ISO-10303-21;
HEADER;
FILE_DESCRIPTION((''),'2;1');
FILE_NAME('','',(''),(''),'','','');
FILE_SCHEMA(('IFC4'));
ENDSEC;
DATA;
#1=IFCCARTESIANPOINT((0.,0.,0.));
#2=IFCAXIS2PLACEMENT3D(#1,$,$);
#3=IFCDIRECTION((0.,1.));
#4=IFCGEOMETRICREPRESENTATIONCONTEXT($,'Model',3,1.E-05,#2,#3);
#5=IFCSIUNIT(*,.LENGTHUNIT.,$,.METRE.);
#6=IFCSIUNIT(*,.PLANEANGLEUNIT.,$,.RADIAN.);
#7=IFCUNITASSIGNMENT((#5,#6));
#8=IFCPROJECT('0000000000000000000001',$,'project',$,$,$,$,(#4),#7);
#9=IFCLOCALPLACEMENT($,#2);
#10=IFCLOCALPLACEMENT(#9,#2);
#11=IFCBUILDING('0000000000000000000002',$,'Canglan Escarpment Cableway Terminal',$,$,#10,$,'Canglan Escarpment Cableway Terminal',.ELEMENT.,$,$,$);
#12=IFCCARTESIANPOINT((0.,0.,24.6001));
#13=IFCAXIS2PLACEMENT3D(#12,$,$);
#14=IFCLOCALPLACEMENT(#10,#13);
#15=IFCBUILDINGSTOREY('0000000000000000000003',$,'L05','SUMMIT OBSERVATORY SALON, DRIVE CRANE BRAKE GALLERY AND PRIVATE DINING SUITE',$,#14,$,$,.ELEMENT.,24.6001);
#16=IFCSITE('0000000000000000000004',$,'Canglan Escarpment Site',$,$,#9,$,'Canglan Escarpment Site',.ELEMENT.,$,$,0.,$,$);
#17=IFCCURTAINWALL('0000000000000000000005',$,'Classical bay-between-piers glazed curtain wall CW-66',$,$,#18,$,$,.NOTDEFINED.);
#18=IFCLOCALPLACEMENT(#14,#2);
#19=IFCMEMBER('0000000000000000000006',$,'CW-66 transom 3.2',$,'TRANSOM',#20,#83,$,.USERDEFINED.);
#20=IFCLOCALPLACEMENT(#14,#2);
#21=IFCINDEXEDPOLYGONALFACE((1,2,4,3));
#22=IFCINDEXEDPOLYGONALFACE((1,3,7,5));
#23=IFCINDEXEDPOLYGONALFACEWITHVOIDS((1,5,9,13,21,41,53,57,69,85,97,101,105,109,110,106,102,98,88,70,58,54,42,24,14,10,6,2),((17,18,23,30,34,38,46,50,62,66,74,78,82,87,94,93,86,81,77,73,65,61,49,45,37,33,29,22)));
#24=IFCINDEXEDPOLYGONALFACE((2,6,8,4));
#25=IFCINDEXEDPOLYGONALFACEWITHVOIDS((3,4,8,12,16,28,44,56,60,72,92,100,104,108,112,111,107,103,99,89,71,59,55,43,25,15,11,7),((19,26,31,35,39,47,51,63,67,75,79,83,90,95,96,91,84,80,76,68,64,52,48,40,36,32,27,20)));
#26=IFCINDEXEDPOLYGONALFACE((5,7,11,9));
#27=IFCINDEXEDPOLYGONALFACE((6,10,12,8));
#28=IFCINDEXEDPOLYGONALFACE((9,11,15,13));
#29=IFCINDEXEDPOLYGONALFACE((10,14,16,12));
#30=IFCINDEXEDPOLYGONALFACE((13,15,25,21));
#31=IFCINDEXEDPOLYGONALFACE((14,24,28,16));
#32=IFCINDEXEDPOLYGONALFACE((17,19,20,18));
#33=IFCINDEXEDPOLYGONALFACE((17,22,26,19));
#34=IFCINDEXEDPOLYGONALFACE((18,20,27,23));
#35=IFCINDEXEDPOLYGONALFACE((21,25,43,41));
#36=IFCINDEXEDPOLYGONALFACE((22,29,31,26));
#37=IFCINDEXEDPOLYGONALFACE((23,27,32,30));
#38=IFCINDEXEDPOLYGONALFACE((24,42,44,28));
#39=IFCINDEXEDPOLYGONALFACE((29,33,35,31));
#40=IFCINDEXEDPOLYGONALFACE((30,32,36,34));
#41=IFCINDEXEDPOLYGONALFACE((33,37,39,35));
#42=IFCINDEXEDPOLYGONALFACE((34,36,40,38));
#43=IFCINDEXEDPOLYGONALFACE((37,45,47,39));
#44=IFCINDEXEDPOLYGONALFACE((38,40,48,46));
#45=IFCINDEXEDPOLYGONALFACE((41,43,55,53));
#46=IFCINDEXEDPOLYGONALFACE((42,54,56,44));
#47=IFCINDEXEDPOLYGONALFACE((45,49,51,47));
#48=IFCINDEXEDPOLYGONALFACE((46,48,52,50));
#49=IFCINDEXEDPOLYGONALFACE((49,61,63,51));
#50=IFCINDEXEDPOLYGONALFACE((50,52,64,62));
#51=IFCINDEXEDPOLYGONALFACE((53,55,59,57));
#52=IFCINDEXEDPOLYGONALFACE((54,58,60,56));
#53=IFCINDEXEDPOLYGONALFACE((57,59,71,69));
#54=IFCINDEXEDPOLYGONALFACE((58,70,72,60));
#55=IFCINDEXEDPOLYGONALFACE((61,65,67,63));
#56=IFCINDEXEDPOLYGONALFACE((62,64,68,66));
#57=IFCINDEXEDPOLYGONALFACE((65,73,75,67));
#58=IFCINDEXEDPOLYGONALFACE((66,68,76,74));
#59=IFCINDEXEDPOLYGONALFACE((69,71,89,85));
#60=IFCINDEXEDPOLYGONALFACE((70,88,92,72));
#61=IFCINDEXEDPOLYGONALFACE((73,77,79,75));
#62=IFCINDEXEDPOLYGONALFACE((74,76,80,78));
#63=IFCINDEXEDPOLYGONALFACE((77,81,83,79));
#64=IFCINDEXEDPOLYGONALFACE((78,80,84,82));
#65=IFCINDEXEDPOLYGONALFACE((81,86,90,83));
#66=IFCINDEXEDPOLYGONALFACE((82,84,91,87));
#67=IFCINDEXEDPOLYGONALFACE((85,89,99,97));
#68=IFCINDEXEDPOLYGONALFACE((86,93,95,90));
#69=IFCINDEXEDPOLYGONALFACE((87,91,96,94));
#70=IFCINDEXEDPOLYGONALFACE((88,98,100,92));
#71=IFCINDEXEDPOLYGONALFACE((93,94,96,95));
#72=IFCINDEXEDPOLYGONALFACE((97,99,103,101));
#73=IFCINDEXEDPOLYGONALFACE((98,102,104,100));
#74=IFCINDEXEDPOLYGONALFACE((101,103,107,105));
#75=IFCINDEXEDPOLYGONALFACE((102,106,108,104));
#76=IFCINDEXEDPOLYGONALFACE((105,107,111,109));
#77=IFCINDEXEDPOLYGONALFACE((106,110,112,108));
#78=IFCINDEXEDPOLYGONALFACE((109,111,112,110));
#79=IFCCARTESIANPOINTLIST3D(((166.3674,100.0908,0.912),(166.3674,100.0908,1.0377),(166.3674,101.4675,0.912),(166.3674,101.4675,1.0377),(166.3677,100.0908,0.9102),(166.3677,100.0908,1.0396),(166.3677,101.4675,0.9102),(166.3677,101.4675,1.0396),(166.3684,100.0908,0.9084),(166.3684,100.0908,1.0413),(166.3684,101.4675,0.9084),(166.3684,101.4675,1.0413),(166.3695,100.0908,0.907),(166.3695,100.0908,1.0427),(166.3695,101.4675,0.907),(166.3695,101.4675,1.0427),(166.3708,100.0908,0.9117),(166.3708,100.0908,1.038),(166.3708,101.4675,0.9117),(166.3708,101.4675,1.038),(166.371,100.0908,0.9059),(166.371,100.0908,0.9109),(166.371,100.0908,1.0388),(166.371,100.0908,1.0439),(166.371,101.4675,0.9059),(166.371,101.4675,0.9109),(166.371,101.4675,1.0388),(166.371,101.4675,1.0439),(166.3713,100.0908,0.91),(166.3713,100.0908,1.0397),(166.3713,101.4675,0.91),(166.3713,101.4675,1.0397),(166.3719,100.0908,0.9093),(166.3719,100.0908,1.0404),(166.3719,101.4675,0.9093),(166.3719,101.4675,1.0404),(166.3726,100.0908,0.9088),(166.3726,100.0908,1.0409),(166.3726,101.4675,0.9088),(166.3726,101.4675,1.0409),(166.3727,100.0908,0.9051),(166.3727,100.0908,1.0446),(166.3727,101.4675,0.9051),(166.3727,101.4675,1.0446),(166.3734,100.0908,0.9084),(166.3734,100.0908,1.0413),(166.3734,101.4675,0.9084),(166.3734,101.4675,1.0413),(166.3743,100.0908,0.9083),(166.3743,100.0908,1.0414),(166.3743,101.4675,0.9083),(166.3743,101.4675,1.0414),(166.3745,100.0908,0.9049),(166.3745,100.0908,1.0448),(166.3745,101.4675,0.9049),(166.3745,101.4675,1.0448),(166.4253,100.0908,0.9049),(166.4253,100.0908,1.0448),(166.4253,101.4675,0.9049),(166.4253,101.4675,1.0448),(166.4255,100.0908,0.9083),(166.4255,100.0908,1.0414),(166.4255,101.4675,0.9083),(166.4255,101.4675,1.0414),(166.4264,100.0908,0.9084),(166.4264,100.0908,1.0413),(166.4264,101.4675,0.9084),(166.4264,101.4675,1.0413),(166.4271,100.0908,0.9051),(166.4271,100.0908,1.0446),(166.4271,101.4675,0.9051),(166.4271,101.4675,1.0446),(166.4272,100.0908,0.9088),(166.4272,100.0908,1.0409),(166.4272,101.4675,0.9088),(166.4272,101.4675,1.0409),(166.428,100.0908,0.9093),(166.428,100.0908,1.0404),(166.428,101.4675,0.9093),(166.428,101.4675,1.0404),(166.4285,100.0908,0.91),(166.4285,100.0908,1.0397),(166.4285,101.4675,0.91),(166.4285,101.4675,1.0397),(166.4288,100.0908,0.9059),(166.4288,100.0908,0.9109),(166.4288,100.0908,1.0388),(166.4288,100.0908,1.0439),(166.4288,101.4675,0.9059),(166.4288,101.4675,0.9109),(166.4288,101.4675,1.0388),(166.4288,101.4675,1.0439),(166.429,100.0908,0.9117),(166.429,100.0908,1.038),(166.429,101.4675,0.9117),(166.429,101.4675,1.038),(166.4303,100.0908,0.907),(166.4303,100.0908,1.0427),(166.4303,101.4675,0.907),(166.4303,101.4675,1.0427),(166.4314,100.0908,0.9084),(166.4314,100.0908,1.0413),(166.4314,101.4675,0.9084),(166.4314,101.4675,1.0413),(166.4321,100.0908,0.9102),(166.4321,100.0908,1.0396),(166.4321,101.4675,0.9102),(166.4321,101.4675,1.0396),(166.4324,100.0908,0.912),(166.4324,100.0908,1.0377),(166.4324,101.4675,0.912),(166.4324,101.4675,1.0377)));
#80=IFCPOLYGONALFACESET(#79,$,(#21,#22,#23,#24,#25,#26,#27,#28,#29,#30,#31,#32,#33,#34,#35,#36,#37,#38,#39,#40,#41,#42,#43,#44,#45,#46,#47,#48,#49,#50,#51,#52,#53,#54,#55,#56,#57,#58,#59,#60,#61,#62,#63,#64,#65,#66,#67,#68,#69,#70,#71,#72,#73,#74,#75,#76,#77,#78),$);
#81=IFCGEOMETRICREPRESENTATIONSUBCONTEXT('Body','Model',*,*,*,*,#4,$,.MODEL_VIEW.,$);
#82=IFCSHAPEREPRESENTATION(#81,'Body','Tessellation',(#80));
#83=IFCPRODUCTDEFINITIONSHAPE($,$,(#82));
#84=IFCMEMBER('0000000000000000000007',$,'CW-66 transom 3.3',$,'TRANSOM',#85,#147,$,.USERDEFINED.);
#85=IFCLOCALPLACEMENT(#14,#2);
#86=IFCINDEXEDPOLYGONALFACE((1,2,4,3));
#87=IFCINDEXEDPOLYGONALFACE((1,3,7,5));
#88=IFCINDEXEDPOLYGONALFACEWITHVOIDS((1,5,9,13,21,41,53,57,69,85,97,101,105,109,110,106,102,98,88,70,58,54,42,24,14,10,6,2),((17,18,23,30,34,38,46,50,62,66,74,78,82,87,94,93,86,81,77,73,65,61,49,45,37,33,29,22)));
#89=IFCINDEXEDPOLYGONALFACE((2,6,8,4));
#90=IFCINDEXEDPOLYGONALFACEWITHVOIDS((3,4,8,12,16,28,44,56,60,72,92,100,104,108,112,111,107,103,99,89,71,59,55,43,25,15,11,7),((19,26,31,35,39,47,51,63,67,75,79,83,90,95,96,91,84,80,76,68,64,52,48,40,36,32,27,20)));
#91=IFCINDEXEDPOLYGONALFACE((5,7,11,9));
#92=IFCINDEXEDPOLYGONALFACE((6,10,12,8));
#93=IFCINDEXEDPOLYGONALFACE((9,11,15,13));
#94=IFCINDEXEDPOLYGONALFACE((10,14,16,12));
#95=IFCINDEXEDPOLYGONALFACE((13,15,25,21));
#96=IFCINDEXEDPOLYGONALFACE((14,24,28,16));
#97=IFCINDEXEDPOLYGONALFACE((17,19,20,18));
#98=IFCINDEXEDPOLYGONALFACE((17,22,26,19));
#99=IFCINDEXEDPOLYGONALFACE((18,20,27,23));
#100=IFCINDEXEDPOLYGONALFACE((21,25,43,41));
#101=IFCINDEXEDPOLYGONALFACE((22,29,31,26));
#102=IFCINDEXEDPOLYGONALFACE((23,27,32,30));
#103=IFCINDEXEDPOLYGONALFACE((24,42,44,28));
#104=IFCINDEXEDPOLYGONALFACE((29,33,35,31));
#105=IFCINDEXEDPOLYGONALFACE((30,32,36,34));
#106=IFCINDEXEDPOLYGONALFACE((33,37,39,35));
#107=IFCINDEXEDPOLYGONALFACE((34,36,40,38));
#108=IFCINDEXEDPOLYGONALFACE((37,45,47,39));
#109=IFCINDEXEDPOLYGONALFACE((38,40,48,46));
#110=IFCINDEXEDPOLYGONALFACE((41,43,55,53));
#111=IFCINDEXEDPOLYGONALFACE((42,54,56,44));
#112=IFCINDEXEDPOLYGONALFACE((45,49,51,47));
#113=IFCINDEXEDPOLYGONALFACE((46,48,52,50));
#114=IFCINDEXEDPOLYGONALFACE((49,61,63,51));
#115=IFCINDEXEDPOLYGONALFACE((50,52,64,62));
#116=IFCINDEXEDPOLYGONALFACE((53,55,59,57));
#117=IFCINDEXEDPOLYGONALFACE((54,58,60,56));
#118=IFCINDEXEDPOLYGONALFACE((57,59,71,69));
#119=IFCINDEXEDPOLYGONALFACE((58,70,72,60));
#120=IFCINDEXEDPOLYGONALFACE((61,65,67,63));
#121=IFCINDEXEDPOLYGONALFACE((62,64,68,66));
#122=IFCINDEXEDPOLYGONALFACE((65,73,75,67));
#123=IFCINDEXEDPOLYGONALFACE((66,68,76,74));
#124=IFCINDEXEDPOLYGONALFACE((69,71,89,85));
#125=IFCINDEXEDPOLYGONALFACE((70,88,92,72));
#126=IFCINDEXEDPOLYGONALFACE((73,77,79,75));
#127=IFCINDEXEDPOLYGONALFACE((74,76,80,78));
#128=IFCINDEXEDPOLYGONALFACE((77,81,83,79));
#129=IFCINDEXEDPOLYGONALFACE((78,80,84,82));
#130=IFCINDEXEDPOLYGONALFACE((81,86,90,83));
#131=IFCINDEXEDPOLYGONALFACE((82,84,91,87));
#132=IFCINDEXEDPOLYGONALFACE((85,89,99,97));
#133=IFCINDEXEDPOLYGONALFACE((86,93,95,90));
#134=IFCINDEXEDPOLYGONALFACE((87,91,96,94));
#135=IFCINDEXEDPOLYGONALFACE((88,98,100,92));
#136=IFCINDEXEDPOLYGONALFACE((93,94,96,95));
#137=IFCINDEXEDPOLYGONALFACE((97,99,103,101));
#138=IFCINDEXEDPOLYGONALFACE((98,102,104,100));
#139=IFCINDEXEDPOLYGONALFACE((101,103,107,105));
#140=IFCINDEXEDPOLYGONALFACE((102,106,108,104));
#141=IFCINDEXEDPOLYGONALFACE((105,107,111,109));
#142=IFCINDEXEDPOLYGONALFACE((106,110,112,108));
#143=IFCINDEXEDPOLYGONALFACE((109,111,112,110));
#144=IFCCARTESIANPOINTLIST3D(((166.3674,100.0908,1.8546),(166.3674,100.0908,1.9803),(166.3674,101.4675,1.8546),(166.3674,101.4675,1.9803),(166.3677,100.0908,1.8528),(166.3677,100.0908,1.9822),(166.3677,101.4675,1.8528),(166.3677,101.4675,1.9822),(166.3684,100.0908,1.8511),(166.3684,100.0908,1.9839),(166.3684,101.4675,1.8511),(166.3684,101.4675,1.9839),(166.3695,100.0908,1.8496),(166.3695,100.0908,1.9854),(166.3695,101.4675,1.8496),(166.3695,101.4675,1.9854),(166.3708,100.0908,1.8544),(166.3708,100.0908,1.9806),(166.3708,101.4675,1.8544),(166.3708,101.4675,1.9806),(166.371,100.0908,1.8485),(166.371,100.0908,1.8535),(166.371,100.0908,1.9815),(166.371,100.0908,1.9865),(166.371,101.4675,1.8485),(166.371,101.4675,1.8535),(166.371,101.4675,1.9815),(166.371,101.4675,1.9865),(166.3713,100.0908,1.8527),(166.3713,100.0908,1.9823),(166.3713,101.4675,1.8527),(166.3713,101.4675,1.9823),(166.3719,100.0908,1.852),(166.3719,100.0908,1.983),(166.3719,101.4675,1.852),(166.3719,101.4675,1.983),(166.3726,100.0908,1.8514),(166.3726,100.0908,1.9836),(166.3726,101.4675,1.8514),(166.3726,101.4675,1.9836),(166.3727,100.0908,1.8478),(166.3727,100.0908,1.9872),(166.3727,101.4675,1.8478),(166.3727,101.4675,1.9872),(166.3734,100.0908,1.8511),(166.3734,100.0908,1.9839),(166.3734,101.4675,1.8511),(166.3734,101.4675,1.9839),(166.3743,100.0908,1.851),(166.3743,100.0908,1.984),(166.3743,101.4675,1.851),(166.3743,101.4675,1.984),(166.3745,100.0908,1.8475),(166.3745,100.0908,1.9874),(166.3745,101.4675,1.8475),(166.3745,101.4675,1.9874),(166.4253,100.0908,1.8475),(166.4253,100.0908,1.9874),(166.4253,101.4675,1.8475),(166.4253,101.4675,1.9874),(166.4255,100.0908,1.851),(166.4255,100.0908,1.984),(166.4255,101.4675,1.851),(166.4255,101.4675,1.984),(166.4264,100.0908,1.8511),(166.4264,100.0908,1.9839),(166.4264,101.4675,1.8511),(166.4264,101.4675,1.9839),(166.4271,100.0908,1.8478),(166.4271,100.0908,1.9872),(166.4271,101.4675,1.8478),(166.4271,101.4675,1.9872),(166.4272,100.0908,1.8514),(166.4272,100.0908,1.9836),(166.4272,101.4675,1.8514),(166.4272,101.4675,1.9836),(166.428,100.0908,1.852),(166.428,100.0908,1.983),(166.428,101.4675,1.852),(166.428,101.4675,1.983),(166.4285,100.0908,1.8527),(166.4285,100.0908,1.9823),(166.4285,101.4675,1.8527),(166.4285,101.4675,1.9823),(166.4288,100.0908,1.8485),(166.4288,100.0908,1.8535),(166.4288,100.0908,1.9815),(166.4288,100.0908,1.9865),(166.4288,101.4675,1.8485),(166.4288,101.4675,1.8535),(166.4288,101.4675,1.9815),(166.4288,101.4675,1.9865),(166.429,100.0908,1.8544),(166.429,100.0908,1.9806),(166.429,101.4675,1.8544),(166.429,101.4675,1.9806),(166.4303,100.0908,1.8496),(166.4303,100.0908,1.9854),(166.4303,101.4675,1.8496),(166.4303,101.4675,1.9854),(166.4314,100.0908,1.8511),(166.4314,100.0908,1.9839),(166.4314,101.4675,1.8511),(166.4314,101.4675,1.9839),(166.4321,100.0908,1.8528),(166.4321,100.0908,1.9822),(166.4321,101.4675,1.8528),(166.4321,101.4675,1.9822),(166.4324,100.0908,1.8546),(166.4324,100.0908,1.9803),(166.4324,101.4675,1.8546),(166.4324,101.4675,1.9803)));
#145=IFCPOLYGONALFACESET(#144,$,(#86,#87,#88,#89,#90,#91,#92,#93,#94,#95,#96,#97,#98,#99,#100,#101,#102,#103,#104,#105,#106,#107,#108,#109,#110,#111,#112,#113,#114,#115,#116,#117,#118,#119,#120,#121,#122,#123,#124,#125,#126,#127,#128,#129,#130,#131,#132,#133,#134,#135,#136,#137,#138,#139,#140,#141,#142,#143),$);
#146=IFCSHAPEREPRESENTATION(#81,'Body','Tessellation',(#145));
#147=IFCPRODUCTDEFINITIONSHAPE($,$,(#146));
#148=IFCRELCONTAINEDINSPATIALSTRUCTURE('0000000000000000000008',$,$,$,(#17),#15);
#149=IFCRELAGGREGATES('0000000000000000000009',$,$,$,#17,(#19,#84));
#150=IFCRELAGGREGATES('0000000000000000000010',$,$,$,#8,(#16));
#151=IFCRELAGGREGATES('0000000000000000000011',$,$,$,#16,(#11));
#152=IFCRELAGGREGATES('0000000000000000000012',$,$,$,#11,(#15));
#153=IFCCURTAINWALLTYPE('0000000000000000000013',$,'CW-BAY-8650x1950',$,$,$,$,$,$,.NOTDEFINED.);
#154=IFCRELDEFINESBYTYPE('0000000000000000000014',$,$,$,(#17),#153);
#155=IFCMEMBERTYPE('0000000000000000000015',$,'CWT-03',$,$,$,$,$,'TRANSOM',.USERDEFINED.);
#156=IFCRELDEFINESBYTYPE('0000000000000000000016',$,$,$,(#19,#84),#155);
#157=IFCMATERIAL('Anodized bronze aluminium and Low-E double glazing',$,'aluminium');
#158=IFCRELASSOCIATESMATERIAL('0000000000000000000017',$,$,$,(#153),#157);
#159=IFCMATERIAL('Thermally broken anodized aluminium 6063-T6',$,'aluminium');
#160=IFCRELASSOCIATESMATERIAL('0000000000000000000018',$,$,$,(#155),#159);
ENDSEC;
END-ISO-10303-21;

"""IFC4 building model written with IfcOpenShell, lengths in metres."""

from ifc_helpers import new_model, si_unit, direction, frame, origin, origin_2d, place, context, subcontext, project, spatial, hollow_rectangle, extrude, material, material_profile, profile_set, type_object, element, aggregate, save


model = new_model("IFC4")

# Units and contexts
model_context = context("Model", 3, precision=1e-05, world=origin(), true_north=direction((0.0, 1.0)))
body_context = subcontext(model_context, "Body", "Model", "MODEL_VIEW")
ifc_project = project(units=[si_unit("LENGTHUNIT", "METRE"), si_unit("PLANEANGLEUNIT", "RADIAN")], contexts=[model_context])

# Site, building, storey
site_placement = place(None, origin())
site = spatial("IfcSite", under=ifc_project, at=site_placement, Name="Canglan Escarpment Site", LongName="Canglan Escarpment Site", CompositionType="ELEMENT", RefElevation=0.0)
building_placement = place(site_placement, origin())
building = spatial("IfcBuilding", under=site, at=building_placement, Name="Canglan Escarpment Cableway Terminal", LongName="Canglan Escarpment Cableway Terminal", CompositionType="ELEMENT")
storey_placement = place(building_placement, frame((0.0, 0.0, 24.6001)))
storey = spatial("IfcBuildingStorey", under=building, at=storey_placement, Name="L05", Description="SUMMIT OBSERVATORY SALON, DRIVE CRANE BRAKE GALLERY AND PRIVATE DINING SUITE", CompositionType="ELEMENT", Elevation=24.6001)

# Shared definitions
ifc_material_1 = material(Name="Anodized bronze aluminium and Low-E double glazing", Category="aluminium")
curtain_wall_type = type_object("IfcCurtainWallType", Name="CW-BAY-8650x1950", PredefinedType="NOTDEFINED", material=ifc_material_1)
ifc_material_2 = material(Name="Thermally broken anodized aluminium 6063-T6", Category="aluminium")

# Curtain wall, members
curtain_wall_1_placement = place(storey_placement, origin())
curtain_wall_1 = element("IfcCurtainWall", 1, at=curtain_wall_1_placement, inside=storey, type_object=curtain_wall_type, Name="Classical bay-between-piers glazed curtain wall CW-66", PredefinedType="NOTDEFINED")
ifc_material_profile_1 = material_profile(ifc_material_2, hollow_rectangle(XDim=0.0649, YDim=0.1399, WallThickness=0.0034, InnerFilletRadius=0.0034, OuterFilletRadius=0.0071, at=origin_2d()), Name="ALU-TRAN 65x140x3.5")
ifc_profile_set_1 = profile_set([ifc_material_profile_1], Name="Thermally broken anodized aluminium 6063-T6")
member_type_1 = type_object("IfcMemberType", Name="CWT-03", ElementType="TRANSOM", PredefinedType="USERDEFINED", material=ifc_profile_set_1)
member_1_placement = place(storey_placement, frame((166.3999, 100.0908, 0.9749), z_axis=(0.0, 1.0, 0.0), x_axis=(-1.0, 0.0, 0.0)))
member_1 = element("IfcMember", 2, at=member_1_placement, type_object=member_type_1, Name="CW-66 transom 3.2", ObjectType="TRANSOM", PredefinedType="USERDEFINED", context=body_context, shape_type="SweptSolid", body=[
    extrude(hollow_rectangle(XDim=0.0649, YDim=0.1399, WallThickness=0.0034, InnerFilletRadius=0.0034, OuterFilletRadius=0.0071, at=origin_2d()), origin(), (0.0, 0.0, 1.0), 1.3767),
])
member_2_placement = place(storey_placement, frame((166.3999, 100.0908, 1.9175), z_axis=(0.0, 1.0, 0.0), x_axis=(-1.0, 0.0, 0.0)))
member_2 = element("IfcMember", 3, at=member_2_placement, type_object=member_type_1, Name="CW-66 transom 3.3", ObjectType="TRANSOM", PredefinedType="USERDEFINED", context=body_context, shape_type="SweptSolid", body=[
    extrude(hollow_rectangle(XDim=0.0649, YDim=0.1399, WallThickness=0.0034, InnerFilletRadius=0.0034, OuterFilletRadius=0.0071, at=origin_2d()), origin(), (0.0, 0.0, 1.0), 1.3767),
])

aggregate(curtain_wall_1, [member_1, member_2])

save(model, "model.ifc")
